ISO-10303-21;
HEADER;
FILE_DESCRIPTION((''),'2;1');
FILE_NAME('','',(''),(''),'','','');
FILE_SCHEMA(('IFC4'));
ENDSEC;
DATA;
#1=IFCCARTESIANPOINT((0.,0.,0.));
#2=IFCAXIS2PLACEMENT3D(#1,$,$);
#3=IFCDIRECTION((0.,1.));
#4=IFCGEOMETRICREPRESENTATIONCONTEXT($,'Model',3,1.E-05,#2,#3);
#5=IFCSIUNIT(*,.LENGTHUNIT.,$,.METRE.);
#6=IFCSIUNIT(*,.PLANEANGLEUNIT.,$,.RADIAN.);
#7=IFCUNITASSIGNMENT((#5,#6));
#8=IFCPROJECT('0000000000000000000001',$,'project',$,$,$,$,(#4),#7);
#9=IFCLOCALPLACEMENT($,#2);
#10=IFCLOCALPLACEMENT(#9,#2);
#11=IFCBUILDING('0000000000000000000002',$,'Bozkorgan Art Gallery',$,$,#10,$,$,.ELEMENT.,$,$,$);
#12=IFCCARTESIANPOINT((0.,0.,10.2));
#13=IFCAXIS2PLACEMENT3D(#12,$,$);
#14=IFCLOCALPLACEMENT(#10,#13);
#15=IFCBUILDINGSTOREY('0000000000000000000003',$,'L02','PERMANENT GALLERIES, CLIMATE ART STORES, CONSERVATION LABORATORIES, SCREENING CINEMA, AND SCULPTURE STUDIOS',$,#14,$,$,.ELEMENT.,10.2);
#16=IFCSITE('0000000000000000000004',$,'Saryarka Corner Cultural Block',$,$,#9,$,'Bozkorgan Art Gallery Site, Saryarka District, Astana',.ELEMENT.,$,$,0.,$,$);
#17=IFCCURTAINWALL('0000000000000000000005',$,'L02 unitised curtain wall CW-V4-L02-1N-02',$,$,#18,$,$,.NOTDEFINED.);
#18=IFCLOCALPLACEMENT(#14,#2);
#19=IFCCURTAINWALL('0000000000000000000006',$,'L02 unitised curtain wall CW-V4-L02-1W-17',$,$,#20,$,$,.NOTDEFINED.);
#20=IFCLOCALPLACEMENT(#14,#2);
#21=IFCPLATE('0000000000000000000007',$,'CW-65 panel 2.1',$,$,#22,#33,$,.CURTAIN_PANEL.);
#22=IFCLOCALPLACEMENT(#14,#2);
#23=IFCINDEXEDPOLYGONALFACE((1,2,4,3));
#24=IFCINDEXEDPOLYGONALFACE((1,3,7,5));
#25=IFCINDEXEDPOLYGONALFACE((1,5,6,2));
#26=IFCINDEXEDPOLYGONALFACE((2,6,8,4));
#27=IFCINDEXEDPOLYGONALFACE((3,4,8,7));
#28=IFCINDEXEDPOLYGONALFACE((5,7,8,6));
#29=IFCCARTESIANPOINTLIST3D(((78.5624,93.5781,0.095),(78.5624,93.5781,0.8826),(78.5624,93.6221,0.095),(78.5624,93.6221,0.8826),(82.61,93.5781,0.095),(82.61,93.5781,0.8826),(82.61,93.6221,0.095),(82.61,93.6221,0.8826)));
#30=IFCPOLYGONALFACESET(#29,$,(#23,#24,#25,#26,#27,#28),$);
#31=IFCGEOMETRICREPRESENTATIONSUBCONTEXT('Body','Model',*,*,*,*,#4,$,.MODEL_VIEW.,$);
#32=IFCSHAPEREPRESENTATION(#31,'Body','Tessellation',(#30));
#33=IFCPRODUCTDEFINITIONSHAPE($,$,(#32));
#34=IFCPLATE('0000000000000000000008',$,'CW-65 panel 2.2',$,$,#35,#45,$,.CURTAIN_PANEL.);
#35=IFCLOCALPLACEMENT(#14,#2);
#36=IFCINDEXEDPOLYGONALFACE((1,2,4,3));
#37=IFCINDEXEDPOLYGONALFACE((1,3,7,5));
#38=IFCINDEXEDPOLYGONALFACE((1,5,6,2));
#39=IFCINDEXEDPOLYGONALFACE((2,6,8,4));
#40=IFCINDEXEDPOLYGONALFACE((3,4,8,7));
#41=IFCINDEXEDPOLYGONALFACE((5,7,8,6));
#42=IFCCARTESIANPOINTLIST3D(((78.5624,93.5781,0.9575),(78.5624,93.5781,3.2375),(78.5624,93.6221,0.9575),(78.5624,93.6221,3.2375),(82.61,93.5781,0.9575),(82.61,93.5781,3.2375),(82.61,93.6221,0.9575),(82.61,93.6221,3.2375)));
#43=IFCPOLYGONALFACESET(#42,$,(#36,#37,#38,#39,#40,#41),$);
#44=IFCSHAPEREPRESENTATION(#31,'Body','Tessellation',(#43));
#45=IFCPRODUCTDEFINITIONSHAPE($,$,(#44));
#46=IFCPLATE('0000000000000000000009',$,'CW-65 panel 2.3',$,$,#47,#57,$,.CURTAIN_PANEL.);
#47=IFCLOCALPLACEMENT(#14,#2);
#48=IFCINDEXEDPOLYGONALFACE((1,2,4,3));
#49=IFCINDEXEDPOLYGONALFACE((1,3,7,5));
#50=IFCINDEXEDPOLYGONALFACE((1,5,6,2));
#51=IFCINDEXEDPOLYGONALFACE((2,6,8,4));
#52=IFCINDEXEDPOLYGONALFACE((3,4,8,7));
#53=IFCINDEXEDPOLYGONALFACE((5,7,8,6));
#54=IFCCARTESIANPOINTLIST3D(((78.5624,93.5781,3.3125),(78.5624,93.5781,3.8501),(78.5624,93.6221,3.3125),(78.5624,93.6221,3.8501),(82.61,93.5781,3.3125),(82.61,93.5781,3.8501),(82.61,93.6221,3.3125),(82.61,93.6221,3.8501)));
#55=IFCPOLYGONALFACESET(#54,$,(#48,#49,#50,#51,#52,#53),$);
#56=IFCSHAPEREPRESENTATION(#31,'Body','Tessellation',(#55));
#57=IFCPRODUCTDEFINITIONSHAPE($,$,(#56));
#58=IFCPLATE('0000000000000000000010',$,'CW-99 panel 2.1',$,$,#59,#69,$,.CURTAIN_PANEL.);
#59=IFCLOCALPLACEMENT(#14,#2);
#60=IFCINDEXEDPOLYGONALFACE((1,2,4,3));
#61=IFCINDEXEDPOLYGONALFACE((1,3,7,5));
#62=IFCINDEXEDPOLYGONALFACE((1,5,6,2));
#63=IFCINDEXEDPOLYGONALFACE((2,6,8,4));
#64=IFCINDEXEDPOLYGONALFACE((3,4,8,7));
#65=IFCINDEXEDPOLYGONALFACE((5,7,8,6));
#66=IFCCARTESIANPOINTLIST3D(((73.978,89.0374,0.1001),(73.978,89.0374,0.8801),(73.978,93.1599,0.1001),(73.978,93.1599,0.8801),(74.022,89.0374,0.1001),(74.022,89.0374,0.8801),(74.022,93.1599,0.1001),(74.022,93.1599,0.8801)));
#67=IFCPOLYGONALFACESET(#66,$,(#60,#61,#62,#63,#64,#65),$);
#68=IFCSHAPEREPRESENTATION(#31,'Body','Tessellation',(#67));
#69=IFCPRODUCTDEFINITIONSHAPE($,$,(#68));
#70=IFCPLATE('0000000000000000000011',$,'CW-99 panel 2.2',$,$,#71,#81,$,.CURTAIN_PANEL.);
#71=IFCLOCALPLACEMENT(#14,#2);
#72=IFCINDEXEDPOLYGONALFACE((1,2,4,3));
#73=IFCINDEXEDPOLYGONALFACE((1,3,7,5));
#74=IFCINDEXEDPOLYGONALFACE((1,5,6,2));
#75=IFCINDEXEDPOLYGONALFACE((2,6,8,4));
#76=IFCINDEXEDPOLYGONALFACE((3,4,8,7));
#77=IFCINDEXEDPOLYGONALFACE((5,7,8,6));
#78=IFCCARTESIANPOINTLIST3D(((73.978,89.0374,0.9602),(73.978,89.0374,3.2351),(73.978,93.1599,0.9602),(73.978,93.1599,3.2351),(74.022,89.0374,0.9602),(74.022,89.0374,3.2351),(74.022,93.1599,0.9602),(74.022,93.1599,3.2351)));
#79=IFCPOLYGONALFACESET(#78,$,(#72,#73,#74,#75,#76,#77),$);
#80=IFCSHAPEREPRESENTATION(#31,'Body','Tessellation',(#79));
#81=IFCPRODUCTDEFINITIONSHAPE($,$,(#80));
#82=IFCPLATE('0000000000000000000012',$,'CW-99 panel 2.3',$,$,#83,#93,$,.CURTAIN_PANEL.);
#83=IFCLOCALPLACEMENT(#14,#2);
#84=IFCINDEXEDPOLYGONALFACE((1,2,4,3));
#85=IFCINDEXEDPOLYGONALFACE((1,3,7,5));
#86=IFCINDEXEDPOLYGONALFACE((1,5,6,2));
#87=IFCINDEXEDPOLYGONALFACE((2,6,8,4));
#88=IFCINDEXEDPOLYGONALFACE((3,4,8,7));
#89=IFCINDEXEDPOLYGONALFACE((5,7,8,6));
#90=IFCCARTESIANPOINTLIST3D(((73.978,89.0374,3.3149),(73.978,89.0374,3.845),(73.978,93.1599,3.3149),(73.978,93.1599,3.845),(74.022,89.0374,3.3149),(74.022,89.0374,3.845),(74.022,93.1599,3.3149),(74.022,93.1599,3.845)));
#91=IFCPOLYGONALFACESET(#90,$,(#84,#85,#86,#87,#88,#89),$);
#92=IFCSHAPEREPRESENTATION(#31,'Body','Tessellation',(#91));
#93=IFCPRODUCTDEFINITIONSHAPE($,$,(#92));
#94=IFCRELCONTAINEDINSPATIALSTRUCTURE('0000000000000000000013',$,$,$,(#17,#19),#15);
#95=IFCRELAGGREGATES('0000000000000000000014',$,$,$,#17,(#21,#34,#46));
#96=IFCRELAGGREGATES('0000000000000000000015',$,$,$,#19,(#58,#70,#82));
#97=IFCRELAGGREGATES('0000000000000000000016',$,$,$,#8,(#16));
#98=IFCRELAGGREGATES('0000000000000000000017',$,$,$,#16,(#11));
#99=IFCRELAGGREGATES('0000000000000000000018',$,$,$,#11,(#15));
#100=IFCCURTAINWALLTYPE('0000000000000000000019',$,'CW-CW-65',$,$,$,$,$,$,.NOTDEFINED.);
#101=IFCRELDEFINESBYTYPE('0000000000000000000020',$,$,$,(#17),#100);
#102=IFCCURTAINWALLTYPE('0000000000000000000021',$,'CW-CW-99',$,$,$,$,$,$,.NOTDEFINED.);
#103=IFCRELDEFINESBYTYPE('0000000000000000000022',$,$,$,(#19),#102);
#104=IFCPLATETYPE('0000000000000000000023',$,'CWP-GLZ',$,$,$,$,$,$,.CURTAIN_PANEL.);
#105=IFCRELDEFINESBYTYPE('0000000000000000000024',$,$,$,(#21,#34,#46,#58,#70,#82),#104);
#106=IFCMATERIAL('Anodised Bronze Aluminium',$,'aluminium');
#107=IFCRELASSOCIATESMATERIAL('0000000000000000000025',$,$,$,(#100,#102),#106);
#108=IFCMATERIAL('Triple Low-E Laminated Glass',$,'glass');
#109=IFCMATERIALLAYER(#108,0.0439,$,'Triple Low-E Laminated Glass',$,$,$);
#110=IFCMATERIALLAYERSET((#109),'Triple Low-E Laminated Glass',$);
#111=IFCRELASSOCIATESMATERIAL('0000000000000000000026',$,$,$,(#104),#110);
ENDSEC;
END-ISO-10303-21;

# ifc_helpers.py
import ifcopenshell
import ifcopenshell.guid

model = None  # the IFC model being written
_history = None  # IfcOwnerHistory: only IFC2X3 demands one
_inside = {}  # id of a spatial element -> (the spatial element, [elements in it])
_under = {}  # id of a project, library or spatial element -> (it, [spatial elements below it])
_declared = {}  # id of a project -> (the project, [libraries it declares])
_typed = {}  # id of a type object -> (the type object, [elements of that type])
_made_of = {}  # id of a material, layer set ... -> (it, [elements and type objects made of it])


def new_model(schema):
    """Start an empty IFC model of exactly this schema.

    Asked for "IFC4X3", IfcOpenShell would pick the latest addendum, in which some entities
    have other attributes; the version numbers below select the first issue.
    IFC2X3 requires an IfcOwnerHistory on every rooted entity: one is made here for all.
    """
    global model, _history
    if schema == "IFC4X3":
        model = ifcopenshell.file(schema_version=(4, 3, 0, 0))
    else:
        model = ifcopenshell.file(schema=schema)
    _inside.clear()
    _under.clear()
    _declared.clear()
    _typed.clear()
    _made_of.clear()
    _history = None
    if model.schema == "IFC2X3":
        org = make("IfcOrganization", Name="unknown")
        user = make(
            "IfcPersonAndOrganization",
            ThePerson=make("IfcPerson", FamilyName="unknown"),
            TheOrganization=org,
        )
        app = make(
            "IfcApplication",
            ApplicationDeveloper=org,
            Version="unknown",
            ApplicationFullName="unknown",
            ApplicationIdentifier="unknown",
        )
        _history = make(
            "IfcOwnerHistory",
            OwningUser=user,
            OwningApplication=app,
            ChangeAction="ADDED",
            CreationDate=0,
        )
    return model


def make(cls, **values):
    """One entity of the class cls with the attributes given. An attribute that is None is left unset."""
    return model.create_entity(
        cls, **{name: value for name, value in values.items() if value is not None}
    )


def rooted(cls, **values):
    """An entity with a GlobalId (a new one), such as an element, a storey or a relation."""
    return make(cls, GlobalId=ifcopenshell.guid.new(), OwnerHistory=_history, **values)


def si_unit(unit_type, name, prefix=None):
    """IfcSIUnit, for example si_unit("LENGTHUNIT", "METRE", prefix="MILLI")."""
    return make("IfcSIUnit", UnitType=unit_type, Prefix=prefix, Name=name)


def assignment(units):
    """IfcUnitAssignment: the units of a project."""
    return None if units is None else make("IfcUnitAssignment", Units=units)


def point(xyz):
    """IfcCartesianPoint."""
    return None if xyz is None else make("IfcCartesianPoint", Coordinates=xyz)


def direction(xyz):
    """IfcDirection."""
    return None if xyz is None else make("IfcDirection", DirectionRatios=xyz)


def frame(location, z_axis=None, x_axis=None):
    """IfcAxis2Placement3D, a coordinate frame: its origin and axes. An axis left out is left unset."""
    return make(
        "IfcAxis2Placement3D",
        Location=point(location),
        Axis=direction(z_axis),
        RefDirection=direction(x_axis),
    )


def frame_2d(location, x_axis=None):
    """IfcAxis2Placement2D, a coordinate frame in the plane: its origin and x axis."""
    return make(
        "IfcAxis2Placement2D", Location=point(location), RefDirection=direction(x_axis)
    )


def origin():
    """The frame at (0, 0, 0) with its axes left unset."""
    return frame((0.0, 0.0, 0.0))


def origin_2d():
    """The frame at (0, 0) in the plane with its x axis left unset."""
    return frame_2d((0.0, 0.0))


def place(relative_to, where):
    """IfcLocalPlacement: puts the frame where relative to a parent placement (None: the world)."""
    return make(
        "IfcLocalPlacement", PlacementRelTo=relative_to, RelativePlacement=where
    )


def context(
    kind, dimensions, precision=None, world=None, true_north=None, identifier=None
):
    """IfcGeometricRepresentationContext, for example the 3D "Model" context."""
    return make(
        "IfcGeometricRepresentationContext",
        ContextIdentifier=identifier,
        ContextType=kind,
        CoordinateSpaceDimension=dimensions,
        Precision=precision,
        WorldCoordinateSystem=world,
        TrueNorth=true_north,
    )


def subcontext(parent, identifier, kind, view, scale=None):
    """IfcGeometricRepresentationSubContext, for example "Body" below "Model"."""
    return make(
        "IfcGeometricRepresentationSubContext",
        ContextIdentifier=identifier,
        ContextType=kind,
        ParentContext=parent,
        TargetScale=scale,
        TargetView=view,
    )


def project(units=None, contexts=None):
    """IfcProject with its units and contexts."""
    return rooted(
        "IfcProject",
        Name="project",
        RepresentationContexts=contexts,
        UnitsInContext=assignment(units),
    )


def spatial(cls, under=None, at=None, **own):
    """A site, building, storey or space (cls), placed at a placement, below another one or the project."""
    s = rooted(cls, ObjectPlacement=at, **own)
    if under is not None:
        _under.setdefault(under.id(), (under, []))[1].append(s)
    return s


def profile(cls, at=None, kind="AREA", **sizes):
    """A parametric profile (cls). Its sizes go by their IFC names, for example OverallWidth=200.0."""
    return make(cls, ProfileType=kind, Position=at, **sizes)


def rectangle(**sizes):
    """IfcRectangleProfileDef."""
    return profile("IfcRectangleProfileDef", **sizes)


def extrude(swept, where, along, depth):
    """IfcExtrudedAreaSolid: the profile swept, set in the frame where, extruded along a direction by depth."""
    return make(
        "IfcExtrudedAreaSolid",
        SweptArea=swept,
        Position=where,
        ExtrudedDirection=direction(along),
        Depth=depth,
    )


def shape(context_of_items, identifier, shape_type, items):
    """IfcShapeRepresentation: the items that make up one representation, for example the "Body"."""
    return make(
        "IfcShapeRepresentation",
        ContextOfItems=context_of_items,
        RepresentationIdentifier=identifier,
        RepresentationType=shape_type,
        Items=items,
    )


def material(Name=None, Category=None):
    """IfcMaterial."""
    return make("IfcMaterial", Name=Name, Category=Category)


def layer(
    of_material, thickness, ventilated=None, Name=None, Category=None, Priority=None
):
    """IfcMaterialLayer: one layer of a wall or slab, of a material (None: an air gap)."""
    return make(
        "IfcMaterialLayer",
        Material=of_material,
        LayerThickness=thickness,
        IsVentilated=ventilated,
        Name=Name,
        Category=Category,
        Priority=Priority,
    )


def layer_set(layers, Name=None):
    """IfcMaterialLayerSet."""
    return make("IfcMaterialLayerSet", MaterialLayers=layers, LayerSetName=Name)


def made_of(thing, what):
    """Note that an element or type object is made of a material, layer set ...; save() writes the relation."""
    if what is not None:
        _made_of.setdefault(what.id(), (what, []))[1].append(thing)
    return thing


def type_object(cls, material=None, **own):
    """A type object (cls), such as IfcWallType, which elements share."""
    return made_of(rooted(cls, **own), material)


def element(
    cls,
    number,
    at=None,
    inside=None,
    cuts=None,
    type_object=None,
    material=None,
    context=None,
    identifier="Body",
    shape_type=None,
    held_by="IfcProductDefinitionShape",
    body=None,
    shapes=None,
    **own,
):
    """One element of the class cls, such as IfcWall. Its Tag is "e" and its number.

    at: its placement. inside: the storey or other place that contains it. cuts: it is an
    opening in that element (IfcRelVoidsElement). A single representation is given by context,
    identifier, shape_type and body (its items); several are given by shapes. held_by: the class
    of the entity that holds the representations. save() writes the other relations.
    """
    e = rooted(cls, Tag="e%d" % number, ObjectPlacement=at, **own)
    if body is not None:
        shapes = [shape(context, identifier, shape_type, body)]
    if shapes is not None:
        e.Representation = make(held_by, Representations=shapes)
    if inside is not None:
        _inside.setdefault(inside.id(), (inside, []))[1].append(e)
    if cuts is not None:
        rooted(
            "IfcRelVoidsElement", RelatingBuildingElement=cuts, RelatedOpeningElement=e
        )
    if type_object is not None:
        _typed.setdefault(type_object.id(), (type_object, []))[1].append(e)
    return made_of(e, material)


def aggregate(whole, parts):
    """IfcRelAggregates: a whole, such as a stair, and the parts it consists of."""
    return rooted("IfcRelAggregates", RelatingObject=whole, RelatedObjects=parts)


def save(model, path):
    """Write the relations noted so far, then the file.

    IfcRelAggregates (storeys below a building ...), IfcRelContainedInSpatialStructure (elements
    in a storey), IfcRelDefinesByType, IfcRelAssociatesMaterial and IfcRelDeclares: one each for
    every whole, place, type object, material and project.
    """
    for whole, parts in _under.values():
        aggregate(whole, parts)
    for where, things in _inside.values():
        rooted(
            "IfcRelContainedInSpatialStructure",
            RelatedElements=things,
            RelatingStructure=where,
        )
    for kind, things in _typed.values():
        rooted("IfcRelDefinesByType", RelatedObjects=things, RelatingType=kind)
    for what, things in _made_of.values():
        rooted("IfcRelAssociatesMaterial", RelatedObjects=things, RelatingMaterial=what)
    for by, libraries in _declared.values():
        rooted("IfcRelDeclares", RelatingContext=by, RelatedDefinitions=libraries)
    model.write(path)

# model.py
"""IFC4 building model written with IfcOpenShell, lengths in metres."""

from ifc_helpers import new_model, si_unit, direction, frame, origin, origin_2d, place, context, subcontext, project, spatial, rectangle, extrude, material, layer, layer_set, type_object, element, aggregate, save


model = new_model("IFC4")

# Units and contexts
model_context = context("Model", 3, precision=1e-05, world=origin(), true_north=direction((0.0, 1.0)))
body_context = subcontext(model_context, "Body", "Model", "MODEL_VIEW")
ifc_project = project(units=[si_unit("LENGTHUNIT", "METRE"), si_unit("PLANEANGLEUNIT", "RADIAN")], contexts=[model_context])

# Site, building, storey
site_placement = place(None, origin())
site = spatial("IfcSite", under=ifc_project, at=site_placement, Name="Saryarka Corner Cultural Block", LongName="Bozkorgan Art Gallery Site, Saryarka District, Astana", CompositionType="ELEMENT", RefElevation=0.0)
building_placement = place(site_placement, origin())
building = spatial("IfcBuilding", under=site, at=building_placement, Name="Bozkorgan Art Gallery", CompositionType="ELEMENT")
storey_placement = place(building_placement, frame((0.0, 0.0, 10.2)))
storey = spatial("IfcBuildingStorey", under=building, at=storey_placement, Name="L02", Description="PERMANENT GALLERIES, CLIMATE ART STORES, CONSERVATION LABORATORIES, SCREENING CINEMA, AND SCULPTURE STUDIOS", CompositionType="ELEMENT", Elevation=10.2)

# Curtain wall
ifc_material_1 = material(Name="Anodised Bronze Aluminium", Category="aluminium")
curtain_wall_type_1 = type_object("IfcCurtainWallType", Name="CW-CW-65", PredefinedType="NOTDEFINED", material=ifc_material_1)
curtain_wall_1_placement = place(storey_placement, origin())
curtain_wall_1 = element("IfcCurtainWall", 1, at=curtain_wall_1_placement, inside=storey, type_object=curtain_wall_type_1, Name="L02 unitised curtain wall CW-V4-L02-1N-02", PredefinedType="NOTDEFINED")

# Curtain wall
curtain_wall_type_2 = type_object("IfcCurtainWallType", Name="CW-CW-99", PredefinedType="NOTDEFINED", material=ifc_material_1)
curtain_wall_2_placement = place(storey_placement, origin())
curtain_wall_2 = element("IfcCurtainWall", 2, at=curtain_wall_2_placement, inside=storey, type_object=curtain_wall_type_2, Name="L02 unitised curtain wall CW-V4-L02-1W-17", PredefinedType="NOTDEFINED")

# Plates
ifc_material_2 = material(Name="Triple Low-E Laminated Glass", Category="glass")
ifc_layer = layer(ifc_material_2, 0.0439, Name="Triple Low-E Laminated Glass")
ifc_layer_set = layer_set([ifc_layer], Name="Triple Low-E Laminated Glass")
plate_type = type_object("IfcPlateType", Name="CWP-GLZ", PredefinedType="CURTAIN_PANEL", material=ifc_layer_set)
plate_1_placement = place(storey_placement, frame((80.5862, 93.6001, 0.095), z_axis=(0.0, 0.0, 1.0), x_axis=(1.0, 0.0, 0.0)))
plate_1 = element("IfcPlate", 3, at=plate_1_placement, type_object=plate_type, Name="CW-65 panel 2.1", PredefinedType="CURTAIN_PANEL", context=body_context, shape_type="SweptSolid", body=[
    extrude(rectangle(XDim=4.0476, YDim=0.0439, at=origin_2d()), origin(), (0.0, 0.0, 1.0), 0.7876),
])
plate_2_placement = place(storey_placement, frame((80.5862, 93.6001, 0.9575), z_axis=(0.0, 0.0, 1.0), x_axis=(1.0, 0.0, 0.0)))
plate_2 = element("IfcPlate", 4, at=plate_2_placement, type_object=plate_type, Name="CW-65 panel 2.2", PredefinedType="CURTAIN_PANEL", context=body_context, shape_type="SweptSolid", body=[
    extrude(rectangle(XDim=4.0476, YDim=0.0439, at=origin_2d()), origin(), (0.0, 0.0, 1.0), 2.28),
])
plate_3_placement = place(storey_placement, frame((80.5862, 93.6001, 3.3125), z_axis=(0.0, 0.0, 1.0), x_axis=(1.0, 0.0, 0.0)))
plate_3 = element("IfcPlate", 5, at=plate_3_placement, type_object=plate_type, Name="CW-65 panel 2.3", PredefinedType="CURTAIN_PANEL", context=body_context, shape_type="SweptSolid", body=[
    extrude(rectangle(XDim=4.0476, YDim=0.0439, at=origin_2d()), origin(), (0.0, 0.0, 1.0), 0.5376),
])
aggregate(curtain_wall_1, [plate_1, plate_2, plate_3])
plate_4_placement = place(storey_placement, frame((74.0, 91.0986, 0.1001), z_axis=(0.0, 0.0, 1.0), x_axis=(0.0, 1.0, 0.0)))
plate_4 = element("IfcPlate", 6, at=plate_4_placement, type_object=plate_type, Name="CW-99 panel 2.1", PredefinedType="CURTAIN_PANEL", context=body_context, shape_type="SweptSolid", body=[
    extrude(rectangle(XDim=4.1226, YDim=0.0439, at=origin_2d()), origin(), (0.0, 0.0, 1.0), 0.78),
])
plate_5_placement = place(storey_placement, frame((74.0, 91.0986, 0.9602), z_axis=(0.0, 0.0, 1.0), x_axis=(0.0, 1.0, 0.0)))
plate_5 = element("IfcPlate", 7, at=plate_5_placement, type_object=plate_type, Name="CW-99 panel 2.2", PredefinedType="CURTAIN_PANEL", context=body_context, shape_type="SweptSolid", body=[
    extrude(rectangle(XDim=4.1226, YDim=0.0439, at=origin_2d()), origin(), (0.0, 0.0, 1.0), 2.2749),
])
plate_6_placement = place(storey_placement, frame((74.0, 91.0986, 3.3149), z_axis=(0.0, 0.0, 1.0), x_axis=(0.0, 1.0, 0.0)))
plate_6 = element("IfcPlate", 8, at=plate_6_placement, type_object=plate_type, Name="CW-99 panel 2.3", PredefinedType="CURTAIN_PANEL", context=body_context, shape_type="SweptSolid", body=[
    extrude(rectangle(XDim=4.1226, YDim=0.0439, at=origin_2d()), origin(), (0.0, 0.0, 1.0), 0.53),
])
aggregate(curtain_wall_2, [plate_4, plate_5, plate_6])

save(model, "model.ifc")
